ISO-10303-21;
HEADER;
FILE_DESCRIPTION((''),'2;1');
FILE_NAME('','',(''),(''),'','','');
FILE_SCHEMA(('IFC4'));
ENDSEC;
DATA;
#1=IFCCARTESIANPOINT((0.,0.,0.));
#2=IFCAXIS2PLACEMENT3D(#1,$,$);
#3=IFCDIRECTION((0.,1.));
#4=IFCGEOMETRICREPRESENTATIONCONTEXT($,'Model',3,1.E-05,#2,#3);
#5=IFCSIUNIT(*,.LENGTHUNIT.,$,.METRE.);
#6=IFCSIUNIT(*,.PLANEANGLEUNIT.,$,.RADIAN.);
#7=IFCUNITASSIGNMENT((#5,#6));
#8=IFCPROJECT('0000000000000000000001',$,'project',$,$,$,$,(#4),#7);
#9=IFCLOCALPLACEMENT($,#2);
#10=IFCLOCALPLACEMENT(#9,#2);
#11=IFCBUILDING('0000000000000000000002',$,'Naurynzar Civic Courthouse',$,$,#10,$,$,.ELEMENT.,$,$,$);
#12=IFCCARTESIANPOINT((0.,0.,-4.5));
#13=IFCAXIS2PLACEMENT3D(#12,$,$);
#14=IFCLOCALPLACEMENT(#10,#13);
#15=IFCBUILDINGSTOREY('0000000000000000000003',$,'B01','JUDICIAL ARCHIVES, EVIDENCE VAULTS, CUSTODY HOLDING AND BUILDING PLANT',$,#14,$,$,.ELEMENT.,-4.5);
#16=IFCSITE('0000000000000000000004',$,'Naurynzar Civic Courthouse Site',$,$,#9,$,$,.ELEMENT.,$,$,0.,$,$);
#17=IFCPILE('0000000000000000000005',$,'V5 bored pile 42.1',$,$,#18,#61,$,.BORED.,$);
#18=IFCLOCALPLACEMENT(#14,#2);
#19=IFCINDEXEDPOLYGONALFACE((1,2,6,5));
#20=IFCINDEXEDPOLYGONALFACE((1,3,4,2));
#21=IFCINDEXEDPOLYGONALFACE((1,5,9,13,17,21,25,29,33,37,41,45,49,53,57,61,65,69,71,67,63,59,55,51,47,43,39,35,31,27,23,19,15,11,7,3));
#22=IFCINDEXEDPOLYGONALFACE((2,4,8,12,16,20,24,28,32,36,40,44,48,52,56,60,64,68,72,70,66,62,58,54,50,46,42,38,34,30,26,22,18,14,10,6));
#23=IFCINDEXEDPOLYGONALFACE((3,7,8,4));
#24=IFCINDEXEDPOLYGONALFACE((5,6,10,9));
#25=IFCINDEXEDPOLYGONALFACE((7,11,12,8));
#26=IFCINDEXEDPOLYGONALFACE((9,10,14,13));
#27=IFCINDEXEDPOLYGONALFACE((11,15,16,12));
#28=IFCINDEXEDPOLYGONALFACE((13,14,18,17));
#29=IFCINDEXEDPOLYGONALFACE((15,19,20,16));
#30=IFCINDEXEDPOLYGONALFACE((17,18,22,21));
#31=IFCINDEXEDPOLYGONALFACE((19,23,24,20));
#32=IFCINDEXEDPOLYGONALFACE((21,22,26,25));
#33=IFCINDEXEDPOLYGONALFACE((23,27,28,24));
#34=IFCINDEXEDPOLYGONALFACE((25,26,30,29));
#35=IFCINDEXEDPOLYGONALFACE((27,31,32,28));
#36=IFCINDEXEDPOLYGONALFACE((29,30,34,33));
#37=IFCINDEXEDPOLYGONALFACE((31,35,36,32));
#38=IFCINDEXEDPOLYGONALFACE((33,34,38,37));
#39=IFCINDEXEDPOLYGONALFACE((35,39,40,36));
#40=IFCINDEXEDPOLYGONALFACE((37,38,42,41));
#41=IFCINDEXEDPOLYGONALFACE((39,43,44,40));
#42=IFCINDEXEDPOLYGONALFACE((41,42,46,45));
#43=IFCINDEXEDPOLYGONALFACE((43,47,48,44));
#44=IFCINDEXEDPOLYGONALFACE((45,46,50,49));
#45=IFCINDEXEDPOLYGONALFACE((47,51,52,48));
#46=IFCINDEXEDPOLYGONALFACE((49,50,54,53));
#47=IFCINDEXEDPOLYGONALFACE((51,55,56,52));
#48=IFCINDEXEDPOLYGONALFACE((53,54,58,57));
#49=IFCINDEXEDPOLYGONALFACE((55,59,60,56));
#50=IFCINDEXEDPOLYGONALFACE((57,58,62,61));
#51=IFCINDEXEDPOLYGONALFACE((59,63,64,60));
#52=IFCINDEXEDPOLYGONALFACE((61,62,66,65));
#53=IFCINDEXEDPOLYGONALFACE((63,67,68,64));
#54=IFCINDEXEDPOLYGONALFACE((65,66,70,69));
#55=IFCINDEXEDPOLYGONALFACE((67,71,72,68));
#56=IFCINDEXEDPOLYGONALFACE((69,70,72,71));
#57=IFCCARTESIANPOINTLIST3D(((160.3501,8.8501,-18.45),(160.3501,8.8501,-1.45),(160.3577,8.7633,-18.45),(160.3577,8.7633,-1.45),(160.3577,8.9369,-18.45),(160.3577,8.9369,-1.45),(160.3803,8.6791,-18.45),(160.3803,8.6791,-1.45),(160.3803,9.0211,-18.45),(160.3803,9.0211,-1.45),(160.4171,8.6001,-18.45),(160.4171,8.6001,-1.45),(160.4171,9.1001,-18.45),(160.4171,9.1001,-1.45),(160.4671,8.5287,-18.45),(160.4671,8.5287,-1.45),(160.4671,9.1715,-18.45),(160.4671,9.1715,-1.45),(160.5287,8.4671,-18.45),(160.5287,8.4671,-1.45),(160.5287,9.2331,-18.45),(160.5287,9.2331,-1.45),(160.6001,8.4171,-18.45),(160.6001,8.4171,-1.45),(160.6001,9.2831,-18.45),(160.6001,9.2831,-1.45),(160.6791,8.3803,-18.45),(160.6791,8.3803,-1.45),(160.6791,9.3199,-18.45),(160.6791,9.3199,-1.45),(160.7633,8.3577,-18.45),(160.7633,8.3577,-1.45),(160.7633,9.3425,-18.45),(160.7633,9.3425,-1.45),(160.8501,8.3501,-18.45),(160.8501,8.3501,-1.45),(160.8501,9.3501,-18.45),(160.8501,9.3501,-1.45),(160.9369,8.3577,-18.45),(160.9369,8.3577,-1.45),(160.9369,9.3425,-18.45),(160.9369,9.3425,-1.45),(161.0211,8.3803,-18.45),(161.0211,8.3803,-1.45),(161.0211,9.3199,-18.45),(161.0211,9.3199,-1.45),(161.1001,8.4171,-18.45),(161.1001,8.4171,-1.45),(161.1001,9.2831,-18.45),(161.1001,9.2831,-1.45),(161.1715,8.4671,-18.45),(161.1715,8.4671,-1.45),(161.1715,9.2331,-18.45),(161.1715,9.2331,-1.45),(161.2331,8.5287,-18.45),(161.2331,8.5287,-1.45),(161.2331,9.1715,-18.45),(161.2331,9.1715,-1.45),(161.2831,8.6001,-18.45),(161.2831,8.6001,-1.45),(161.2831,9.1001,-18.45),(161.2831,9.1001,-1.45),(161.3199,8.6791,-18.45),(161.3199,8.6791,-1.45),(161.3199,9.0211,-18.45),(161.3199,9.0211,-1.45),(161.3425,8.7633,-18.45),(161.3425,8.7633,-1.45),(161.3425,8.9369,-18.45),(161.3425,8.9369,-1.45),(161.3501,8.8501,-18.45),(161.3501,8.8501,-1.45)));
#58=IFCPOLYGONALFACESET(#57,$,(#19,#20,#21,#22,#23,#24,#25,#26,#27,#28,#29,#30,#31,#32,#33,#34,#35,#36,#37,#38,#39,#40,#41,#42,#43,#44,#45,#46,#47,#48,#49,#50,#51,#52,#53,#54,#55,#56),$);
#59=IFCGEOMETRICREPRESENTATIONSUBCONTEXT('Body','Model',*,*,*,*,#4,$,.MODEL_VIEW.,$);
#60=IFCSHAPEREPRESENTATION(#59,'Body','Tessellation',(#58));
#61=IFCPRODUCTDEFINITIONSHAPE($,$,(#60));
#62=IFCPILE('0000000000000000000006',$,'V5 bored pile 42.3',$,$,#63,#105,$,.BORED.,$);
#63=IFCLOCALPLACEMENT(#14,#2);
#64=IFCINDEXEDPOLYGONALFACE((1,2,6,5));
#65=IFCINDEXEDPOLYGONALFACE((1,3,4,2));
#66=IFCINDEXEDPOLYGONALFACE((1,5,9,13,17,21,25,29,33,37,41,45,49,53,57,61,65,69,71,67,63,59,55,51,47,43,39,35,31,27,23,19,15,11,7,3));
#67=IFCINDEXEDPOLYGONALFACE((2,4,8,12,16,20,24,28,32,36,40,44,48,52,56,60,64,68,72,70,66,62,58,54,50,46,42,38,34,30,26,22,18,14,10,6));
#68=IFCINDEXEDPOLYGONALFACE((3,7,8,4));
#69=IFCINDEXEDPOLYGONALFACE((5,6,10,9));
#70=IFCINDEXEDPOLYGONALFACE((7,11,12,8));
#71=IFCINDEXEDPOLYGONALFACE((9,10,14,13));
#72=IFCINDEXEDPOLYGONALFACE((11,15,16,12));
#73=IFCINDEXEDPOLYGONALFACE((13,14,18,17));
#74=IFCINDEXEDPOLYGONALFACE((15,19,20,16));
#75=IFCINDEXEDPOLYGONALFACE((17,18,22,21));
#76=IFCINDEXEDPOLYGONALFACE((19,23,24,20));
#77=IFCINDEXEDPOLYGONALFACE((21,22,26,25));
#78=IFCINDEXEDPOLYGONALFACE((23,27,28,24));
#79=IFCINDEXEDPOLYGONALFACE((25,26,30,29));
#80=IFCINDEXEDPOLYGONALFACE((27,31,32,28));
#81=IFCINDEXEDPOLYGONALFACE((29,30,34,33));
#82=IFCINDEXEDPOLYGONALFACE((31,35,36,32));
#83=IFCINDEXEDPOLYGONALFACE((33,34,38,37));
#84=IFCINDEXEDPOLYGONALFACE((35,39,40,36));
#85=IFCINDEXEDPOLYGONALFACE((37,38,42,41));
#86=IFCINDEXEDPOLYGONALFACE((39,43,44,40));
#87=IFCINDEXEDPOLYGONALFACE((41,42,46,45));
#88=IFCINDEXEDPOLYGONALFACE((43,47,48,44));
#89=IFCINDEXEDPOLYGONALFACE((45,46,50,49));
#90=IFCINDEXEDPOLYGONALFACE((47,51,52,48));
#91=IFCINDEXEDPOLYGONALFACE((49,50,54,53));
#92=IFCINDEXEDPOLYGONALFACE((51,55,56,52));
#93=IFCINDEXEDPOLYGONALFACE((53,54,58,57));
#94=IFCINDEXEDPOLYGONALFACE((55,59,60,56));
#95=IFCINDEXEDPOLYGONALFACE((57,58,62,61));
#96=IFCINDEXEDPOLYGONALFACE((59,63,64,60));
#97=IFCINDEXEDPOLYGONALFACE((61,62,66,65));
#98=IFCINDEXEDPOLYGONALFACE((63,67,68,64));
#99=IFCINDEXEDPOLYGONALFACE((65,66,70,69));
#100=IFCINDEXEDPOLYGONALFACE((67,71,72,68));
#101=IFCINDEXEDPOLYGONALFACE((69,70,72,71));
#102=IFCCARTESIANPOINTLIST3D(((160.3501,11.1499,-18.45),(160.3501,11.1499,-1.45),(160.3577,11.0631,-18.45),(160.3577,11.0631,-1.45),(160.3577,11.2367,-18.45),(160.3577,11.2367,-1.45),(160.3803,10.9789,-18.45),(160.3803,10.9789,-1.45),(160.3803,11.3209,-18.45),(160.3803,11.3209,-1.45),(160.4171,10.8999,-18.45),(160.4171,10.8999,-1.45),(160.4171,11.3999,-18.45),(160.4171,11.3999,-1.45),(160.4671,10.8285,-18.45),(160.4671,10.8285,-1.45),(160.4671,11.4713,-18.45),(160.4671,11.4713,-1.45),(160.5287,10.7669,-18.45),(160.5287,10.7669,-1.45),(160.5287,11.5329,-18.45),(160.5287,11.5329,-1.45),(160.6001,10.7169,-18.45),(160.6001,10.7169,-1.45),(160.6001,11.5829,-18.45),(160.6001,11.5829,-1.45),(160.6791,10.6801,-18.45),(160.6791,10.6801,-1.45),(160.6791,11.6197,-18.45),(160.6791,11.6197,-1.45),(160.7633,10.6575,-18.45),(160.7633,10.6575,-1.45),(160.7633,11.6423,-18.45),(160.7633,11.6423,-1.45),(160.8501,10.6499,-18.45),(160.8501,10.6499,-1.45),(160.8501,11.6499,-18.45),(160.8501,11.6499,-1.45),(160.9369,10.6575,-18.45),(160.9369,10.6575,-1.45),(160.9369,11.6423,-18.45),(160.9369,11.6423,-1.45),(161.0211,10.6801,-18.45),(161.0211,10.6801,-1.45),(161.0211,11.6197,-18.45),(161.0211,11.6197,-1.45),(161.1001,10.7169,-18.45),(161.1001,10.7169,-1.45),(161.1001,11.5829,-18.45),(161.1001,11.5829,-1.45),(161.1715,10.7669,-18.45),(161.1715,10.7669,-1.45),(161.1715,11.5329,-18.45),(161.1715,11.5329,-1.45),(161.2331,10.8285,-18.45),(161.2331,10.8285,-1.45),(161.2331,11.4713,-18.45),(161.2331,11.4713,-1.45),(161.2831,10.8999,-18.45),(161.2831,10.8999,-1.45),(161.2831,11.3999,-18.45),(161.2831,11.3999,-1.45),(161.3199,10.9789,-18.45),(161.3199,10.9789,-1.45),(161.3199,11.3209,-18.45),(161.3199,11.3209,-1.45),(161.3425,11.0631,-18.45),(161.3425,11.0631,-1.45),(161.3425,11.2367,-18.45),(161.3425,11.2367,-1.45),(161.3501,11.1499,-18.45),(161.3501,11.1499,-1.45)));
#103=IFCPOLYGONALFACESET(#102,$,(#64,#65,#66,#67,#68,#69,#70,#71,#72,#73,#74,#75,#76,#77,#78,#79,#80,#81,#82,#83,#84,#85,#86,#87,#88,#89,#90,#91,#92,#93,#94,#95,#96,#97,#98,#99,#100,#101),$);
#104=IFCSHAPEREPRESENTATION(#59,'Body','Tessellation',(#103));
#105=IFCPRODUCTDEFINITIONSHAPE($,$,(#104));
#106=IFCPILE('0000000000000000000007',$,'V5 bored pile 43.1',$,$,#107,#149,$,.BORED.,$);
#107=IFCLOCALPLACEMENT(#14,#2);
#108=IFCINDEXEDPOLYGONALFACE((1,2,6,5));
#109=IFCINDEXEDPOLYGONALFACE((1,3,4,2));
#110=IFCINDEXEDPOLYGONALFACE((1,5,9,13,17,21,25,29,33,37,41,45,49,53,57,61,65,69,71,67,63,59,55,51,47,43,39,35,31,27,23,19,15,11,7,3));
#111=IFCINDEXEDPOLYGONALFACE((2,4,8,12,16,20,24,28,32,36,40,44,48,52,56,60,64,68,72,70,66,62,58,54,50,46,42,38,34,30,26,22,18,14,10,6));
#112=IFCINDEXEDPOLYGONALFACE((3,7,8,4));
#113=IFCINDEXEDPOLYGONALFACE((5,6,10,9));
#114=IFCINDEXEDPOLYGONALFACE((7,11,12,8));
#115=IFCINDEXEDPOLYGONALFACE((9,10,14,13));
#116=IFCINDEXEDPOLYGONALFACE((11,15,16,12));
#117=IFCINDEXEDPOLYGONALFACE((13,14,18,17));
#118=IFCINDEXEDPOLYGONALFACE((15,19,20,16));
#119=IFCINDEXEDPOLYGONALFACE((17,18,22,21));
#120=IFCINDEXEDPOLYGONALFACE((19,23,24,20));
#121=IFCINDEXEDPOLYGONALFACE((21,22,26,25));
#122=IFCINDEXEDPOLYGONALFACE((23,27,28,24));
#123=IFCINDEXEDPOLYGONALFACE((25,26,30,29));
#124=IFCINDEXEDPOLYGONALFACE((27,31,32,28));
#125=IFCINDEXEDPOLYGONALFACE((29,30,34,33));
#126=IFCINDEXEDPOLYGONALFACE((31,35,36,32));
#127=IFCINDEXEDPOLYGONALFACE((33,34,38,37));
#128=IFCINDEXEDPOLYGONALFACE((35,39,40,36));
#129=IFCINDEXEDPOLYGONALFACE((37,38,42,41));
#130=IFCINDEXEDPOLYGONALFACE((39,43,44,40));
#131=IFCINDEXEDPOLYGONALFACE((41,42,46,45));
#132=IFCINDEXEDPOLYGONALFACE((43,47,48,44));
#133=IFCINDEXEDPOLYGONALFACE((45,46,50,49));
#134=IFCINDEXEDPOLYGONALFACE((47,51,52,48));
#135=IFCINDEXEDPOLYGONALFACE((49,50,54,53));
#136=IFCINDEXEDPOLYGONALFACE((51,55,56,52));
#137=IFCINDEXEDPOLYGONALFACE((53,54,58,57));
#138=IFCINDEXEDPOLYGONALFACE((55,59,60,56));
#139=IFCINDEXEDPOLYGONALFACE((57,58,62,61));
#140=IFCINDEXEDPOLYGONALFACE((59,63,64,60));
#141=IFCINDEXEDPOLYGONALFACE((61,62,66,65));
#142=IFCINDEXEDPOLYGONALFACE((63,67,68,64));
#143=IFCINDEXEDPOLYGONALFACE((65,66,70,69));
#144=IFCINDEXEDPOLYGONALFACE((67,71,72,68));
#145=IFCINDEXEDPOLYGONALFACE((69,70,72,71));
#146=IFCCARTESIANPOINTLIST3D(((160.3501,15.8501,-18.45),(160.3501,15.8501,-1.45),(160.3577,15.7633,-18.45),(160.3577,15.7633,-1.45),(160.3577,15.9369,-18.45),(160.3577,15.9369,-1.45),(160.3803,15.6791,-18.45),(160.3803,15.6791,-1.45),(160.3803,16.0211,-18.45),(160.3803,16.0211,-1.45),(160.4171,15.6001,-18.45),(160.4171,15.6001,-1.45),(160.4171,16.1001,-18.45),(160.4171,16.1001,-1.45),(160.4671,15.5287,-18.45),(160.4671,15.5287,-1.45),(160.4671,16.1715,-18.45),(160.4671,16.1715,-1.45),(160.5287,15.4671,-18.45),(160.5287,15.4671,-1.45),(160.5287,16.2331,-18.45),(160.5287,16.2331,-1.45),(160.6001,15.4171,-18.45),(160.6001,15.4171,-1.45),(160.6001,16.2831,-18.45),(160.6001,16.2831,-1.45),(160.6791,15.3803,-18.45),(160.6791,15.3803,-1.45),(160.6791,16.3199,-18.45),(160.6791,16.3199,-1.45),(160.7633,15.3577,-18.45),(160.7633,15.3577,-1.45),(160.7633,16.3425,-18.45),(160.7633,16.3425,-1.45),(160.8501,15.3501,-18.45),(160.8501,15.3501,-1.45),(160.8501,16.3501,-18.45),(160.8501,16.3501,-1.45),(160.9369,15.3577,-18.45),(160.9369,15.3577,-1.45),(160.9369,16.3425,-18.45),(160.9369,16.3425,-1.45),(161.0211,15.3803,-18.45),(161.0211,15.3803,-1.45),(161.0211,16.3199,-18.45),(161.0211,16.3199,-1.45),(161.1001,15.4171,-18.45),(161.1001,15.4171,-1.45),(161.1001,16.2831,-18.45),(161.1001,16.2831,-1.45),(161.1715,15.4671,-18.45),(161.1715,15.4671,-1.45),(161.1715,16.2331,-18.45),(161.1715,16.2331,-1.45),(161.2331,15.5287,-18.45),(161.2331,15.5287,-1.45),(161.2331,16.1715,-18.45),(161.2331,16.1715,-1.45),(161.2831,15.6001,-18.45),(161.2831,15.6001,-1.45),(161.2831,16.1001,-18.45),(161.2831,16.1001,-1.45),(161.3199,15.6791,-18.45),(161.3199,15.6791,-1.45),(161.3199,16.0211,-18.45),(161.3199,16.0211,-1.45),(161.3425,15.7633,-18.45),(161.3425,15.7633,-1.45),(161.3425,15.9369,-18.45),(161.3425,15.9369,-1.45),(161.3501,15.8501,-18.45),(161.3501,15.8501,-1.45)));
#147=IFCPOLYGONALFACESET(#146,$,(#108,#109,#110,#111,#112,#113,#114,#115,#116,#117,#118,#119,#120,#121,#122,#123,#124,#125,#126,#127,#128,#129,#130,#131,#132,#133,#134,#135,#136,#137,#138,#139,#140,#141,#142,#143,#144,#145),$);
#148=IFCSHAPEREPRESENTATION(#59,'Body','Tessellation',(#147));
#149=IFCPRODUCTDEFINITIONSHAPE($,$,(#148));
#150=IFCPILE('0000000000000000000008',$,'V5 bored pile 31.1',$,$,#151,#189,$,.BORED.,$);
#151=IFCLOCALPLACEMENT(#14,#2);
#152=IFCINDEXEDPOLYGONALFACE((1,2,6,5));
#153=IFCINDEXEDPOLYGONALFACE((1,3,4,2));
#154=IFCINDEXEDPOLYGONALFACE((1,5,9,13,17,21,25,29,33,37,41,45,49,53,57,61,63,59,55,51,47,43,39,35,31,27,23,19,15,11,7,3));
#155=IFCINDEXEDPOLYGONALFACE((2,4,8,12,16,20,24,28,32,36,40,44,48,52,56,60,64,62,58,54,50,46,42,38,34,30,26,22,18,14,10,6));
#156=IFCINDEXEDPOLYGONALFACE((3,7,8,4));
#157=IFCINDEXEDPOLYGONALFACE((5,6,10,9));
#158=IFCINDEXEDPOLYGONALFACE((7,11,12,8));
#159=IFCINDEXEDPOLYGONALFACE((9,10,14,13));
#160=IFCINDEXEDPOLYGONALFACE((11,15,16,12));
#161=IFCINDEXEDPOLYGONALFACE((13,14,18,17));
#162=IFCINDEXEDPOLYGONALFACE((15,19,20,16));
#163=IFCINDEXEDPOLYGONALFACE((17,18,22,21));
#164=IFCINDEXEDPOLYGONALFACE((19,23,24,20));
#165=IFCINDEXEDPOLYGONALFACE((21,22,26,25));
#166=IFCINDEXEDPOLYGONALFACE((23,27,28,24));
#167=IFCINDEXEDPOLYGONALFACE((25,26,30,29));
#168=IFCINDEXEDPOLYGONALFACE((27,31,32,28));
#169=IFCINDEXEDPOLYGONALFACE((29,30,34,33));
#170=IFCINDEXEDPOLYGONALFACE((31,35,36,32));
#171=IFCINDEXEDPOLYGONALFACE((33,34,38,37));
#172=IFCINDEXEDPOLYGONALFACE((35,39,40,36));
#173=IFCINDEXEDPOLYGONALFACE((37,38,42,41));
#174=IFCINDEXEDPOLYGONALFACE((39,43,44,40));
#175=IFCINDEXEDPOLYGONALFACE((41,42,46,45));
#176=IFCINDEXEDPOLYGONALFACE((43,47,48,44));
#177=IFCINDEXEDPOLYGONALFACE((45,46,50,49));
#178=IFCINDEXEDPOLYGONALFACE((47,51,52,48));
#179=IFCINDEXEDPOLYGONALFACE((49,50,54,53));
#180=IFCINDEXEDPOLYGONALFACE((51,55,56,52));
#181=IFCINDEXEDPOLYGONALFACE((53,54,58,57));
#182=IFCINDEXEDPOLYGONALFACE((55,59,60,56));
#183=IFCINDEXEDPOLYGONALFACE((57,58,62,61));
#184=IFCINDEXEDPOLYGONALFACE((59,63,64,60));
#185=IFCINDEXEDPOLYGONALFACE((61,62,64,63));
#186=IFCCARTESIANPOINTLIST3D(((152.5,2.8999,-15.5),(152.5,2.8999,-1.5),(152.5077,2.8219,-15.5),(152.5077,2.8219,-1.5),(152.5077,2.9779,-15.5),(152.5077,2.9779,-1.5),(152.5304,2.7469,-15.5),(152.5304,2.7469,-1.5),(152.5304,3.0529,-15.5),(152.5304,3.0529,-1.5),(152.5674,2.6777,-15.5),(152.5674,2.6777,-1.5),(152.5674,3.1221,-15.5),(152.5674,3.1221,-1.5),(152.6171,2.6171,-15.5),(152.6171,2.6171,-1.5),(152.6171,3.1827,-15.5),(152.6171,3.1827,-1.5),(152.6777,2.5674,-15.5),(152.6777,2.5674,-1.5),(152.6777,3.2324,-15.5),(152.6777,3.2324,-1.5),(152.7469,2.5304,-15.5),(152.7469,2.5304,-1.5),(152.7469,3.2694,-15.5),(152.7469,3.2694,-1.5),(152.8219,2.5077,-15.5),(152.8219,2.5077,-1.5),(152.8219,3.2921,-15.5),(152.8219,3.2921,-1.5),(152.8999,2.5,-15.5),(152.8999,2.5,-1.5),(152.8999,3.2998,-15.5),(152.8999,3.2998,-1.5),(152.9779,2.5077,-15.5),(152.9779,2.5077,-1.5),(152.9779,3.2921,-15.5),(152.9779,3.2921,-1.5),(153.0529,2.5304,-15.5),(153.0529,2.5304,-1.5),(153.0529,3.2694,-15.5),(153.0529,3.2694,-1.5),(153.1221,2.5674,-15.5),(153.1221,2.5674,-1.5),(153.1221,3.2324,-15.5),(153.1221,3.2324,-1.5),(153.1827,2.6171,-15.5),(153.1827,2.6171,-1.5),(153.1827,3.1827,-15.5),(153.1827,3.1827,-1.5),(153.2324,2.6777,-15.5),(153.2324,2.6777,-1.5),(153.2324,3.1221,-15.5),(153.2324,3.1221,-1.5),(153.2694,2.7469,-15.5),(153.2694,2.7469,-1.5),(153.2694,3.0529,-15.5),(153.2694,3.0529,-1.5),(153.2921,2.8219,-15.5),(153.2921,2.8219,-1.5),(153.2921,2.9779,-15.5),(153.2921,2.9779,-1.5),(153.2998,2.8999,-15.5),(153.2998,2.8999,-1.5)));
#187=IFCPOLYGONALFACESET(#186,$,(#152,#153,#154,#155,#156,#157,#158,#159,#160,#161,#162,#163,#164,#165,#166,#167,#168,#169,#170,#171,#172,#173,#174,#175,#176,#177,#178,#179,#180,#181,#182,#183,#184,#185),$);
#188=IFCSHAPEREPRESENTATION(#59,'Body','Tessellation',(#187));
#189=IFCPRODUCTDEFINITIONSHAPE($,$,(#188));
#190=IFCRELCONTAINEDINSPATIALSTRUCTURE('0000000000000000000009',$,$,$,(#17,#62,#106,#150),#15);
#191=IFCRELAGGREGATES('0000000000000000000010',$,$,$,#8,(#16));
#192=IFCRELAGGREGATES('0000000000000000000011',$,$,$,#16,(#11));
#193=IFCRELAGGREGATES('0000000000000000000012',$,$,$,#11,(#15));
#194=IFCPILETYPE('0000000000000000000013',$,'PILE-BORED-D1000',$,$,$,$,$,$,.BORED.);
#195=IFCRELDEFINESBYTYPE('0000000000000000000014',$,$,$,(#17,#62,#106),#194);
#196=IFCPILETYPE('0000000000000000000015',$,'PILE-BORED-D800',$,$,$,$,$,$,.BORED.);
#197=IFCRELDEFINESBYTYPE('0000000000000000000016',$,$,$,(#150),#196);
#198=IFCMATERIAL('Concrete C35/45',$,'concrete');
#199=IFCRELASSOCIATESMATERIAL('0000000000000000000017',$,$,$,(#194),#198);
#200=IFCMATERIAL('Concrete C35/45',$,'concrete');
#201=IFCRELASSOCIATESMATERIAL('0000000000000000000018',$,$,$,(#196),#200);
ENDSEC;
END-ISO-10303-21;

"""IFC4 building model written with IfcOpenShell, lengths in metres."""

from ifc_helpers import new_model, si_unit, direction, frame, origin, origin_2d, place, context, subcontext, project, spatial, circle, extrude, material, material_profile, profile_set, type_object, element, save


model = new_model("IFC4")

# Units and contexts
model_context = context("Model", 3, precision=1e-05, world=origin(), true_north=direction((0.0, 1.0)))
body_context = subcontext(model_context, "Body", "Model", "MODEL_VIEW")
ifc_project = project(units=[si_unit("LENGTHUNIT", "METRE"), si_unit("PLANEANGLEUNIT", "RADIAN")], contexts=[model_context])

# Site, building, storey
site_placement = place(None, origin())
site = spatial("IfcSite", under=ifc_project, at=site_placement, Name="Naurynzar Civic Courthouse Site", CompositionType="ELEMENT", RefElevation=0.0)
building_placement = place(site_placement, origin())
building = spatial("IfcBuilding", under=site, at=building_placement, Name="Naurynzar Civic Courthouse", CompositionType="ELEMENT")
storey_placement = place(building_placement, frame((0.0, 0.0, -4.5)))
storey = spatial("IfcBuildingStorey", under=building, at=storey_placement, Name="B01", Description="JUDICIAL ARCHIVES, EVIDENCE VAULTS, CUSTODY HOLDING AND BUILDING PLANT", CompositionType="ELEMENT", Elevation=-4.5)

# Piles
ifc_material_1 = material(Name="Concrete C35/45", Category="concrete")
ifc_material_profile_1 = material_profile(ifc_material_1, circle(Radius=0.5, at=origin_2d()), Name="PILE D1000")
ifc_profile_set_1 = profile_set([ifc_material_profile_1], Name="Concrete C35/45")
pile_type_1 = type_object("IfcPileType", Name="PILE-BORED-D1000", PredefinedType="BORED", material=ifc_profile_set_1)
for number, where, z_axis, x_axis, name in (
    (1, (160.8501, 8.8501, -1.45), (0.0, 0.0, -1.0), (1.0, 0.0, 0.0), "V5 bored pile 42.1"),
    (2, (160.8501, 11.1499, -1.45), (0.0, 0.0, -1.0), (1.0, 0.0, 0.0), "V5 bored pile 42.3"),
    (3, (160.8501, 15.8501, -1.45), (0.0, 0.0, -1.0), (1.0, 0.0, 0.0), "V5 bored pile 43.1"),
):
    element("IfcPile", number, at=place(storey_placement, frame(where, z_axis=z_axis, x_axis=x_axis)), inside=storey, type_object=pile_type_1, Name=name, PredefinedType="BORED", context=body_context, shape_type="SweptSolid", body=[
        extrude(circle(Radius=0.5, at=origin_2d()), origin(), (0.0, 0.0, 1.0), 17.0),
    ])
ifc_material_2 = material(Name="Concrete C35/45", Category="concrete")
ifc_material_profile_2 = material_profile(ifc_material_2, circle(Radius=0.3999, at=origin_2d()), Name="PILE D800")
ifc_profile_set_2 = profile_set([ifc_material_profile_2], Name="Concrete C35/45")
pile_type_2 = type_object("IfcPileType", Name="PILE-BORED-D800", PredefinedType="BORED", material=ifc_profile_set_2)
for number, where, z_axis, x_axis, name in (
    (4, (152.8999, 2.8999, -1.5), (0.0, 0.0, -1.0), (1.0, 0.0, 0.0), "V5 bored pile 31.1"),
):
    element("IfcPile", number, at=place(storey_placement, frame(where, z_axis=z_axis, x_axis=x_axis)), inside=storey, type_object=pile_type_2, Name=name, PredefinedType="BORED", context=body_context, shape_type="SweptSolid", body=[
        extrude(circle(Radius=0.3999, at=origin_2d()), origin(), (0.0, 0.0, 1.0), 14.0),
    ])

save(model, "model.ifc")
